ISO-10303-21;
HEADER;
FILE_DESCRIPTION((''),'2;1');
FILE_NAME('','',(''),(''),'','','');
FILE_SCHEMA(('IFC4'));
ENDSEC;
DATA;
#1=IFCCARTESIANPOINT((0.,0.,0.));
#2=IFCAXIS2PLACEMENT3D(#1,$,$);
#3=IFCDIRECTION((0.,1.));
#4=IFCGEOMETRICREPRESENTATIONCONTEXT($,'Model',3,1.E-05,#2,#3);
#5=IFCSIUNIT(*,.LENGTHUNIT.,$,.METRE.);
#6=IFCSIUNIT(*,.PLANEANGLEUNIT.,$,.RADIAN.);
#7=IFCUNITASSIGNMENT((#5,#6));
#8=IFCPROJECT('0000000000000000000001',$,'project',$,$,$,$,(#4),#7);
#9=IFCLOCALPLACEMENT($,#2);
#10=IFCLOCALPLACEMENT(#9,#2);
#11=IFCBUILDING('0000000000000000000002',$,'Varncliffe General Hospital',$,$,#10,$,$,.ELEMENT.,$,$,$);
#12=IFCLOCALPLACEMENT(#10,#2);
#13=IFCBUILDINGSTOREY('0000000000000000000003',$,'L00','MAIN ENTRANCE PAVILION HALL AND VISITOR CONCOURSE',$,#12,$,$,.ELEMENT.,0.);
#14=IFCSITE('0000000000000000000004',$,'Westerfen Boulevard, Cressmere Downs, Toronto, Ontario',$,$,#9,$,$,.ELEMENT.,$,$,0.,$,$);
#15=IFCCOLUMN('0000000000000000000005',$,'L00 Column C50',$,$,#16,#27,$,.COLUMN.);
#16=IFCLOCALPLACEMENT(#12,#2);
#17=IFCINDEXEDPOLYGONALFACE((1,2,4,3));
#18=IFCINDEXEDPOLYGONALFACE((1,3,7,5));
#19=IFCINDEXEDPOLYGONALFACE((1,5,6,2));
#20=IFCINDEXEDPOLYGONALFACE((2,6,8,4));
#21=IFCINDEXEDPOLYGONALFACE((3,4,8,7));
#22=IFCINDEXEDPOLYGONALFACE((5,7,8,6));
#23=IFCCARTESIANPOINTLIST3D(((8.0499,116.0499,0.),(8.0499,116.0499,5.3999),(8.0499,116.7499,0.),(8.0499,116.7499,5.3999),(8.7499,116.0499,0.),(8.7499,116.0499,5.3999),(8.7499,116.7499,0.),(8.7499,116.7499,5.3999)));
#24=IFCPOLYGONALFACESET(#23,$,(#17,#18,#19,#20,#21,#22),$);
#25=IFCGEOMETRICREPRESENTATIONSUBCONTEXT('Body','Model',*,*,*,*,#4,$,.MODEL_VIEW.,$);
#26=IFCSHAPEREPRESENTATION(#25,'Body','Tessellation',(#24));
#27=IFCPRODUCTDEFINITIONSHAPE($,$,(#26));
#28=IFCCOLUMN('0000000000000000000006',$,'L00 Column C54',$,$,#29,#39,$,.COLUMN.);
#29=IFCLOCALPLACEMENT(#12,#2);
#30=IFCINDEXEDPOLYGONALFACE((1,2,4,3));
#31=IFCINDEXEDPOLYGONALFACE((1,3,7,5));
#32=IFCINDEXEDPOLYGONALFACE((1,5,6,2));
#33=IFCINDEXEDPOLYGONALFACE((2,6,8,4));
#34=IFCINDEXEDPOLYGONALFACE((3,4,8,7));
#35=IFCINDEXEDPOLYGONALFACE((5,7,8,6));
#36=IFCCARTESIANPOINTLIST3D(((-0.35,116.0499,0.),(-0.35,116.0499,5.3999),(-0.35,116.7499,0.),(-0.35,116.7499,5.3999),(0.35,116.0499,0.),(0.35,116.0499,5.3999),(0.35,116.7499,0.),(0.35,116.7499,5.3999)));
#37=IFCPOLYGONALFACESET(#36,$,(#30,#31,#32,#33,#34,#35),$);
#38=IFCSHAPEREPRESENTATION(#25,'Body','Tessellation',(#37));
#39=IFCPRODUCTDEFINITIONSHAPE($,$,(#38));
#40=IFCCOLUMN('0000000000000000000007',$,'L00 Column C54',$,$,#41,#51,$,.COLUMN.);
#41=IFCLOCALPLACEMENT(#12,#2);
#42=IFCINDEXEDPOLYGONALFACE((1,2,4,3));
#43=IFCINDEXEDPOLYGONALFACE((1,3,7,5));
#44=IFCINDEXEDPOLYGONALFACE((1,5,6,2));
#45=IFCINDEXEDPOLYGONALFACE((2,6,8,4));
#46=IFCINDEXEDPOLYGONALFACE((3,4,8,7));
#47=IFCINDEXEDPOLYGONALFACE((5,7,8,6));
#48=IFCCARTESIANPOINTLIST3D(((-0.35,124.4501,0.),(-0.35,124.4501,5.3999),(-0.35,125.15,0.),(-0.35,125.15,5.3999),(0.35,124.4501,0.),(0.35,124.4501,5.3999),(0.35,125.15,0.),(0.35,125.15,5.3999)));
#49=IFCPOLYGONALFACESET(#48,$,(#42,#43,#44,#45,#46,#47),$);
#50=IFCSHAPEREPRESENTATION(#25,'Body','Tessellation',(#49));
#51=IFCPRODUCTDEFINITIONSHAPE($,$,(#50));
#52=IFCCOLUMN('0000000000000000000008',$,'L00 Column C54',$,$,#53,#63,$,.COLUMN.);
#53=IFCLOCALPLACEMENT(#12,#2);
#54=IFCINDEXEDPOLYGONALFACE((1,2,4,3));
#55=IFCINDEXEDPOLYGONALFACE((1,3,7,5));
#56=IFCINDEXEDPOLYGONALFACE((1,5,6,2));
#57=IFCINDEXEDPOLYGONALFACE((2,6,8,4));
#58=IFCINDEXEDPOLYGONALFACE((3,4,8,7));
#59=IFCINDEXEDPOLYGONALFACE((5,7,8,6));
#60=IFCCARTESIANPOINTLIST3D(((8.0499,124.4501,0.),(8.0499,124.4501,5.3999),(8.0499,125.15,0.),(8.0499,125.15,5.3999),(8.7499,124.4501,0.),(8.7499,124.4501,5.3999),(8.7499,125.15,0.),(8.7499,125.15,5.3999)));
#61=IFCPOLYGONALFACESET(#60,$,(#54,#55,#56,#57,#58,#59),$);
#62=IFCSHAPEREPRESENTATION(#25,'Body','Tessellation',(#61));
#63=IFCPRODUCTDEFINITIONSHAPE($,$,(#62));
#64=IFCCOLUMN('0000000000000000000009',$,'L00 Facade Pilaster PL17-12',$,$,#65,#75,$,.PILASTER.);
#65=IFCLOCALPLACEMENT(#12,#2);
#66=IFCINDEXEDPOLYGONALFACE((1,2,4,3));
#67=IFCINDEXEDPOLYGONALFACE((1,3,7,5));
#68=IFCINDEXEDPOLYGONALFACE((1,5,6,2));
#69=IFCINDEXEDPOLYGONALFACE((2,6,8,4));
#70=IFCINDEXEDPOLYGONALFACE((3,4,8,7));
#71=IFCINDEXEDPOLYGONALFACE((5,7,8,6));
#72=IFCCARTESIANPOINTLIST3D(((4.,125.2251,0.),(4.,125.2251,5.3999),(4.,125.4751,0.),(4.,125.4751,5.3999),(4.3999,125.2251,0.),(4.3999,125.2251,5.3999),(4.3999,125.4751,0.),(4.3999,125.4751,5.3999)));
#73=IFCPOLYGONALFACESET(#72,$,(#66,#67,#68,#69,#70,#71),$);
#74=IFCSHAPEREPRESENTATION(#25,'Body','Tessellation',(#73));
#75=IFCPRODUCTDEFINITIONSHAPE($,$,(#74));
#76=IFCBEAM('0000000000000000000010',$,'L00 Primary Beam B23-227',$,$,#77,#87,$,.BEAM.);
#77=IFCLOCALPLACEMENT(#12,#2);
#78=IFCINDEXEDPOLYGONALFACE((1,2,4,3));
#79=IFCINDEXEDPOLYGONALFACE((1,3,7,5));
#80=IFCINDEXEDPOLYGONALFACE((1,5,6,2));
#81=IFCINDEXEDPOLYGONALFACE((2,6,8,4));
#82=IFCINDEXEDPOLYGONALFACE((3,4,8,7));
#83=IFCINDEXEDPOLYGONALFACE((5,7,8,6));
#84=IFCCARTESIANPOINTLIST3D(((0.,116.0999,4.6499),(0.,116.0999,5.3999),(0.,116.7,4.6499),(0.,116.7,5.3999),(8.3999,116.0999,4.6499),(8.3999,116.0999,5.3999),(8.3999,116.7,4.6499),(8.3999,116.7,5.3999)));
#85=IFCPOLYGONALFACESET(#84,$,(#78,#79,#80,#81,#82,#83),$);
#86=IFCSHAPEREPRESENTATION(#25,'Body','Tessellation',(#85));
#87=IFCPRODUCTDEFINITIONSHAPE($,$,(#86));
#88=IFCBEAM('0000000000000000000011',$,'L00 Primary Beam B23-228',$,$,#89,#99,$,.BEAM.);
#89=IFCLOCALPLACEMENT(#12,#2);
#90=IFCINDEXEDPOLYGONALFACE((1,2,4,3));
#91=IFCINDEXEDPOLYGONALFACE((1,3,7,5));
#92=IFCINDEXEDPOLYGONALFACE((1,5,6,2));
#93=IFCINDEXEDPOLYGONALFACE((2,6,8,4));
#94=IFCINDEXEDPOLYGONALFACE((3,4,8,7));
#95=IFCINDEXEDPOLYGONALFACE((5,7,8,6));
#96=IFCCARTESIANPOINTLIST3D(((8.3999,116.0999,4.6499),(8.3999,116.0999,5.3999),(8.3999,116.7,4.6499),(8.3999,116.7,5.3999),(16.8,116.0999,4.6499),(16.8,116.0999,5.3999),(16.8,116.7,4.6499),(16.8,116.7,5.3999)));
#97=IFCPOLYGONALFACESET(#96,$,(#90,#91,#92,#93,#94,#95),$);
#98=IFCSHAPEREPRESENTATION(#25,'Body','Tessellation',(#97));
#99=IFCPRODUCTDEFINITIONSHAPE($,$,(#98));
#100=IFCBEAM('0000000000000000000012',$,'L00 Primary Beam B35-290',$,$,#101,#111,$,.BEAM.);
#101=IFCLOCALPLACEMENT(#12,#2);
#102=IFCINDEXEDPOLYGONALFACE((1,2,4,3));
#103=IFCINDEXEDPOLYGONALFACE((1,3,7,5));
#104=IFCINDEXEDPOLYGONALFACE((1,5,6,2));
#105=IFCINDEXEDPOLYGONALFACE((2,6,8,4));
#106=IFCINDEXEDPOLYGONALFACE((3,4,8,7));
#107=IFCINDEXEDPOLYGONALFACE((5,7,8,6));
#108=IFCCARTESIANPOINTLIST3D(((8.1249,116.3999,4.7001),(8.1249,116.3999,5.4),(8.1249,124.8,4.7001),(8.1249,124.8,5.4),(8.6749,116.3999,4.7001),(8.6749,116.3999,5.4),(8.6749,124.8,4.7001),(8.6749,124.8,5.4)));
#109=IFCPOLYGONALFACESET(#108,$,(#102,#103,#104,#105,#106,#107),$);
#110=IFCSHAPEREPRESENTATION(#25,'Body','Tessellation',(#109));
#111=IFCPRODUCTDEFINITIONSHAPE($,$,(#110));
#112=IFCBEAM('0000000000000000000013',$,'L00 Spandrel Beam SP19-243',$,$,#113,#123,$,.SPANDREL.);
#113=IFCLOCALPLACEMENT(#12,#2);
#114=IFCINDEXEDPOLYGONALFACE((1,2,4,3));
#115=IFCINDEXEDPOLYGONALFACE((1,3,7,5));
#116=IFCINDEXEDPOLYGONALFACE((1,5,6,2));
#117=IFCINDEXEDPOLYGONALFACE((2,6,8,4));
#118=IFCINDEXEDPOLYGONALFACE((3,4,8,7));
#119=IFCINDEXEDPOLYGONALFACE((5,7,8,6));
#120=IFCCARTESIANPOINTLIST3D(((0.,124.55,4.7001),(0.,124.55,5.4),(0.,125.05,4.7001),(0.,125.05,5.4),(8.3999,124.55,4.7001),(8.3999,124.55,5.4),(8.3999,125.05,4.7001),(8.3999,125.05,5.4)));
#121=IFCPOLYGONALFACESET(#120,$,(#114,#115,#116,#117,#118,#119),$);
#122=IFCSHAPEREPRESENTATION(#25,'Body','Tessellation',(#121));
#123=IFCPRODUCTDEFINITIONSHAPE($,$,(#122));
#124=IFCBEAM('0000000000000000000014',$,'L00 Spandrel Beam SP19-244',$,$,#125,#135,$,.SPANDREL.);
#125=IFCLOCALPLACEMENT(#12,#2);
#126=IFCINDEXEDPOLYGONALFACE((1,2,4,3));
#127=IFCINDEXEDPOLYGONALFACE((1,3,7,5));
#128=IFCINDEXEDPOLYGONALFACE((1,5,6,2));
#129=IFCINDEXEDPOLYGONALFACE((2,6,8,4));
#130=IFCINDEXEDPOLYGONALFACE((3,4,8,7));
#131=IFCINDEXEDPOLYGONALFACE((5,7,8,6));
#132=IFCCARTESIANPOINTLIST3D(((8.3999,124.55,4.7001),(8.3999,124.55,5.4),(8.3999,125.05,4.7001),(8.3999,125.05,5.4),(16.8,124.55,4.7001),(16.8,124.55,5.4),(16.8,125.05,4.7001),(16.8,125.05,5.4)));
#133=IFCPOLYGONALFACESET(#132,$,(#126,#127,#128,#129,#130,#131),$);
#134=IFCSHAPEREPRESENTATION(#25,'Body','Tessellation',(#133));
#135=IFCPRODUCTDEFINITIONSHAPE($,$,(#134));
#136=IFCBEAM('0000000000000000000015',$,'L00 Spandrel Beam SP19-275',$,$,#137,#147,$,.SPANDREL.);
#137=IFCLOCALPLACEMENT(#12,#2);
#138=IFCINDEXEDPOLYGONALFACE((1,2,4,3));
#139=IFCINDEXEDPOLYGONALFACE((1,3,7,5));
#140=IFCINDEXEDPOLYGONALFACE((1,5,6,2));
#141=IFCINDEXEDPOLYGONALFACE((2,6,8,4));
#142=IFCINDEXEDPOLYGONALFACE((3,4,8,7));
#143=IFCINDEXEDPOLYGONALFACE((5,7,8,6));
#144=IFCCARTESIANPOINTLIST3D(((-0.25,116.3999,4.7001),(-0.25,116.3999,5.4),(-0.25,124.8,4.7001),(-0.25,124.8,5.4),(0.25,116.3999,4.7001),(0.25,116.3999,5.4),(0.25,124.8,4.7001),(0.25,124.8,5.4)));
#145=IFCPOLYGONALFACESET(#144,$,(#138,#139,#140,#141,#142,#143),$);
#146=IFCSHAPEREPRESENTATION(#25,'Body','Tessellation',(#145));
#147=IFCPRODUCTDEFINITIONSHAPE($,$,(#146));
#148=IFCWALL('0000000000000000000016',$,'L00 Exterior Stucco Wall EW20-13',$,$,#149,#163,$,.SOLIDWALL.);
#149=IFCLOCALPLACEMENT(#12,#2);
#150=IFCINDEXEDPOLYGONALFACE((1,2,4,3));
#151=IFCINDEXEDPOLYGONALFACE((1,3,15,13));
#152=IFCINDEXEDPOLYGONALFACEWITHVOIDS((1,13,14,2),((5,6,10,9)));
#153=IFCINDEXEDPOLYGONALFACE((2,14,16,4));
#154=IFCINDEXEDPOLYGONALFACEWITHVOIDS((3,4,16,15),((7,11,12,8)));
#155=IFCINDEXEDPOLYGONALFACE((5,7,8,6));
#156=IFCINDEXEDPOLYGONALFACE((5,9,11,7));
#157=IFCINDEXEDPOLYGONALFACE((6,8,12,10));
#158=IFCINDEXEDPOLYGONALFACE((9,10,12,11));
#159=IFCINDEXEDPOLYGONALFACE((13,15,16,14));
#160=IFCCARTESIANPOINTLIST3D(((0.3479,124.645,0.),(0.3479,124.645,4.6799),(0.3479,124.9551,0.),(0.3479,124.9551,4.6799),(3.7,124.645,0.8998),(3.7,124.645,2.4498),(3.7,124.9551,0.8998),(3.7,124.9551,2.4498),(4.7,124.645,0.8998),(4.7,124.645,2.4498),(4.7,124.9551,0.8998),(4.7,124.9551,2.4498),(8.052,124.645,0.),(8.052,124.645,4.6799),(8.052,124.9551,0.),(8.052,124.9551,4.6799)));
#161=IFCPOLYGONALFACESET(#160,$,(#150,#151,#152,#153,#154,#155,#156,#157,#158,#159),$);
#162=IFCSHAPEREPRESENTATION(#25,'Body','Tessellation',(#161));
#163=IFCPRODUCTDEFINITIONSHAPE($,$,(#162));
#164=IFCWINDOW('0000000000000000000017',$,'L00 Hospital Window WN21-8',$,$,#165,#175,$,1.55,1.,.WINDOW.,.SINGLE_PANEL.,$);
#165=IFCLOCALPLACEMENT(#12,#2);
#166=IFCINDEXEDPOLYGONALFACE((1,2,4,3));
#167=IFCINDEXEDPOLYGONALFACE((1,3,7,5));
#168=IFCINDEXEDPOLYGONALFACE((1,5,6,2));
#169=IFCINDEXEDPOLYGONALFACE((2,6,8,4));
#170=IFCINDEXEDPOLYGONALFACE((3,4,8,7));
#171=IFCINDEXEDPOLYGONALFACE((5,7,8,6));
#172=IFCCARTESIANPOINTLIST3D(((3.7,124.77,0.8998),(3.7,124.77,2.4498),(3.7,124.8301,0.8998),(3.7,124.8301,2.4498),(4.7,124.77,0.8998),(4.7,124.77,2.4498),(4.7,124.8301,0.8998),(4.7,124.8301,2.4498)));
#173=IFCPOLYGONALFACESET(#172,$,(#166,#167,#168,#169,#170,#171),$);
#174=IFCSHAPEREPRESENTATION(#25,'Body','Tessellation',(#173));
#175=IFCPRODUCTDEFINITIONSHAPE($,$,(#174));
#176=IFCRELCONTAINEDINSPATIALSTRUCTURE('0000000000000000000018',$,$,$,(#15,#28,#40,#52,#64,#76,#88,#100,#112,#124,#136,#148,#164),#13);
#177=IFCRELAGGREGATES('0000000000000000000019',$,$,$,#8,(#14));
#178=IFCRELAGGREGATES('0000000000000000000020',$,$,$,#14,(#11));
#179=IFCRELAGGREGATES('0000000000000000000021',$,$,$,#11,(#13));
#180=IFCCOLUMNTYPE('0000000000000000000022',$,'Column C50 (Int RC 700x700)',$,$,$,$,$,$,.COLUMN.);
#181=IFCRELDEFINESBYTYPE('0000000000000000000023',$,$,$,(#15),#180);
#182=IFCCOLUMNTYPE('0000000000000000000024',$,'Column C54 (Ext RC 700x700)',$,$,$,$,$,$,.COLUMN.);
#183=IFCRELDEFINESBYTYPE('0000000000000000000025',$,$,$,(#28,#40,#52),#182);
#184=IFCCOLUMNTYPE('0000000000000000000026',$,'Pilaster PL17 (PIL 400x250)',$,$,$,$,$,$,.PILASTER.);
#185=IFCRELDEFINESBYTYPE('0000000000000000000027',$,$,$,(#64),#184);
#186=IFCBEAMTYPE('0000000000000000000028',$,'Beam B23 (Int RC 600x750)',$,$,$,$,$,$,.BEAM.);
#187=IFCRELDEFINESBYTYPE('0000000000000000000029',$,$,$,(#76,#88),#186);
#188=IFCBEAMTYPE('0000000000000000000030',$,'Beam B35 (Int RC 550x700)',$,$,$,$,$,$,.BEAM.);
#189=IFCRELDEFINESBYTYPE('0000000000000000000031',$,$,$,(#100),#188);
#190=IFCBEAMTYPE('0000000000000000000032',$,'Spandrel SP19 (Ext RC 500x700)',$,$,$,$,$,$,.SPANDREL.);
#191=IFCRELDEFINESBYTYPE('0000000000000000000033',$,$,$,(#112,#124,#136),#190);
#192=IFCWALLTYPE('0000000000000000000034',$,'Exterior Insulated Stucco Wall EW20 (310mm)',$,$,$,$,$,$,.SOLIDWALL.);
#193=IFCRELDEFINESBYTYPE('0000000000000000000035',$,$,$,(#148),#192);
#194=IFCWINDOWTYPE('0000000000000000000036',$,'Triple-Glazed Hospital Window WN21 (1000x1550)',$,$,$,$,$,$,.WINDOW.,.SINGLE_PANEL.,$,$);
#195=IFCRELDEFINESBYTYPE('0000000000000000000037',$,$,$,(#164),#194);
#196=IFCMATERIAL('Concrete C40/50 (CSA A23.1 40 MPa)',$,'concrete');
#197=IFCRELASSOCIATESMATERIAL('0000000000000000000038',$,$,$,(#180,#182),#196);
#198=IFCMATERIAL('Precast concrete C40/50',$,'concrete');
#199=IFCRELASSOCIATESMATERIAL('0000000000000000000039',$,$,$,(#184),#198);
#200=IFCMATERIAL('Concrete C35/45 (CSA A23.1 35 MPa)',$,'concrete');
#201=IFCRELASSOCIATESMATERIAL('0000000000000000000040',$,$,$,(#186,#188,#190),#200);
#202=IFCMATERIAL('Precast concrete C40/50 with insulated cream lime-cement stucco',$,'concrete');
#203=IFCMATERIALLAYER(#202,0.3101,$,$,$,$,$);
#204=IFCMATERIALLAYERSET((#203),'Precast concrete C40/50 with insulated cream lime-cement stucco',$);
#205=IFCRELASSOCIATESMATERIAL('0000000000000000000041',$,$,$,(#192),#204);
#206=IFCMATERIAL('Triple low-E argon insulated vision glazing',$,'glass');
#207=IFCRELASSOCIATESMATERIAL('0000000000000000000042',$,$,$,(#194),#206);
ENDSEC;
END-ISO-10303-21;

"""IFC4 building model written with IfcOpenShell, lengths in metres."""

from ifc_helpers import new_model, si_unit, direction, frame, frame_2d, origin, origin_2d, place, context, subcontext, project, spatial, rectangle, extrude, material, layer, layer_set, material_profile, profile_set, type_object, element, fill, save


model = new_model("IFC4")

# Units and contexts
model_context = context("Model", 3, precision=1e-05, world=origin(), true_north=direction((0.0, 1.0)))
body_context = subcontext(model_context, "Body", "Model", "MODEL_VIEW")
ifc_project = project(units=[si_unit("LENGTHUNIT", "METRE"), si_unit("PLANEANGLEUNIT", "RADIAN")], contexts=[model_context])

# Site, building, storey
site_placement = place(None, origin())
site = spatial("IfcSite", under=ifc_project, at=site_placement, Name="Westerfen Boulevard, Cressmere Downs, Toronto, Ontario", CompositionType="ELEMENT", RefElevation=0.0)
building_placement = place(site_placement, origin())
building = spatial("IfcBuilding", under=site, at=building_placement, Name="Varncliffe General Hospital", CompositionType="ELEMENT")
storey_placement = place(building_placement, origin())
storey = spatial("IfcBuildingStorey", under=building, at=storey_placement, Name="L00", Description="MAIN ENTRANCE PAVILION HALL AND VISITOR CONCOURSE", CompositionType="ELEMENT", Elevation=0.0)

# Columns
ifc_material_1 = material(Name="Concrete C40/50 (CSA A23.1 40 MPa)", Category="concrete")
ifc_material_profile_1 = material_profile(ifc_material_1, rectangle(XDim=0.7, YDim=0.7, at=origin_2d()), Name="RC 700x700")
ifc_profile_set_1 = profile_set([ifc_material_profile_1], Name="Concrete C40/50 (CSA A23.1 40 MPa)")
column_type_1 = type_object("IfcColumnType", Name="Column C50 (Int RC 700x700)", PredefinedType="COLUMN", material=ifc_profile_set_1)
column_1_placement = place(storey_placement, frame((8.3999, 116.3999, 0.0), z_axis=(0.0, 0.0, 1.0), x_axis=(1.0, 0.0, 0.0)))
element("IfcColumn", 1, at=column_1_placement, inside=storey, type_object=column_type_1, Name="L00 Column C50", PredefinedType="COLUMN", context=body_context, shape_type="SweptSolid", body=[
    extrude(rectangle(XDim=0.7, YDim=0.7, at=origin_2d()), origin(), (0.0, 0.0, 1.0), 5.3999),
])
ifc_material_profile_2 = material_profile(ifc_material_1, rectangle(XDim=0.7, YDim=0.7, at=origin_2d()), Name="RC 700x700")
ifc_profile_set_2 = profile_set([ifc_material_profile_2], Name="Concrete C40/50 (CSA A23.1 40 MPa)")
column_type_2 = type_object("IfcColumnType", Name="Column C54 (Ext RC 700x700)", PredefinedType="COLUMN", material=ifc_profile_set_2)
for number, where, z_axis, x_axis, name in (
    (2, (0.0, 116.3999, 0.0), (0.0, 0.0, 1.0), (1.0, 0.0, 0.0), "L00 Column C54"),
    (3, (0.0, 124.8, 0.0), (0.0, 0.0, 1.0), (1.0, 0.0, 0.0), "L00 Column C54"),
    (4, (8.3999, 124.8, 0.0), (0.0, 0.0, 1.0), (1.0, 0.0, 0.0), "L00 Column C54"),
):
    element("IfcColumn", number, at=place(storey_placement, frame(where, z_axis=z_axis, x_axis=x_axis)), inside=storey, type_object=column_type_2, Name=name, PredefinedType="COLUMN", context=body_context, shape_type="SweptSolid", body=[
        extrude(rectangle(XDim=0.7, YDim=0.7, at=origin_2d()), origin(), (0.0, 0.0, 1.0), 5.3999),
    ])
ifc_material_2 = material(Name="Precast concrete C40/50", Category="concrete")
ifc_material_profile_3 = material_profile(ifc_material_2, rectangle(XDim=0.3999, YDim=0.25, at=origin_2d()), Name="PIL 400x250")
ifc_profile_set_3 = profile_set([ifc_material_profile_3], Name="Precast concrete C40/50")
column_type_3 = type_object("IfcColumnType", Name="Pilaster PL17 (PIL 400x250)", PredefinedType="PILASTER", material=ifc_profile_set_3)
column_2_placement = place(storey_placement, frame((4.2, 125.3501, 0.0), z_axis=(0.0, 0.0, 1.0), x_axis=(1.0, 0.0, 0.0)))
element("IfcColumn", 5, at=column_2_placement, inside=storey, type_object=column_type_3, Name="L00 Facade Pilaster PL17-12", PredefinedType="PILASTER", context=body_context, shape_type="SweptSolid", body=[
    extrude(rectangle(XDim=0.3999, YDim=0.25, at=origin_2d()), origin(), (0.0, 0.0, 1.0), 5.3999),
])

# Beams
ifc_material_3 = material(Name="Concrete C35/45 (CSA A23.1 35 MPa)", Category="concrete")
ifc_material_profile_4 = material_profile(ifc_material_3, rectangle(XDim=0.6001, YDim=0.75, at=origin_2d()), Name="RC 600x750")
ifc_profile_set_4 = profile_set([ifc_material_profile_4], Name="Concrete C35/45 (CSA A23.1 35 MPa)")
beam_type_1 = type_object("IfcBeamType", Name="Beam B23 (Int RC 600x750)", PredefinedType="BEAM", material=ifc_profile_set_4)
beam_1_placement = place(storey_placement, frame((0.0, 116.3999, 5.0249), z_axis=(1.0, 0.0, 0.0), x_axis=(0.0, 1.0, 0.0)))
element("IfcBeam", 6, at=beam_1_placement, inside=storey, type_object=beam_type_1, Name="L00 Primary Beam B23-227", PredefinedType="BEAM", context=body_context, shape_type="SweptSolid", body=[
    extrude(rectangle(XDim=0.6001, YDim=0.75, at=origin_2d()), origin(), (0.0, 0.0, 1.0), 8.3999),
])
beam_2_placement = place(storey_placement, frame((8.3999, 116.3999, 5.0249), z_axis=(1.0, 0.0, 0.0), x_axis=(0.0, 1.0, 0.0)))
element("IfcBeam", 7, at=beam_2_placement, inside=storey, type_object=beam_type_1, Name="L00 Primary Beam B23-228", PredefinedType="BEAM", context=body_context, shape_type="SweptSolid", body=[
    extrude(rectangle(XDim=0.6001, YDim=0.75, at=origin_2d()), origin(), (0.0, 0.0, 1.0), 8.4001),
])
ifc_material_profile_5 = material_profile(ifc_material_3, rectangle(XDim=0.55, YDim=0.7, at=origin_2d()), Name="RC 550x700")
ifc_profile_set_5 = profile_set([ifc_material_profile_5], Name="Concrete C35/45 (CSA A23.1 35 MPa)")
beam_type_2 = type_object("IfcBeamType", Name="Beam B35 (Int RC 550x700)", PredefinedType="BEAM", material=ifc_profile_set_5)
beam_3_placement = place(storey_placement, frame((8.3999, 116.3999, 5.05), z_axis=(0.0, 1.0, 0.0), x_axis=(-1.0, 0.0, 0.0)))
element("IfcBeam", 8, at=beam_3_placement, inside=storey, type_object=beam_type_2, Name="L00 Primary Beam B35-290", PredefinedType="BEAM", context=body_context, shape_type="SweptSolid", body=[
    extrude(rectangle(XDim=0.55, YDim=0.7, at=origin_2d()), origin(), (0.0, 0.0, 1.0), 8.4001),
])
ifc_material_profile_6 = material_profile(ifc_material_3, rectangle(XDim=0.5, YDim=0.7, at=origin_2d()), Name="RC 500x700")
ifc_profile_set_6 = profile_set([ifc_material_profile_6], Name="Concrete C35/45 (CSA A23.1 35 MPa)")
beam_type_3 = type_object("IfcBeamType", Name="Spandrel SP19 (Ext RC 500x700)", PredefinedType="SPANDREL", material=ifc_profile_set_6)
beam_4_placement = place(storey_placement, frame((0.0, 124.8, 5.05), z_axis=(1.0, 0.0, 0.0), x_axis=(0.0, 1.0, 0.0)))
element("IfcBeam", 9, at=beam_4_placement, inside=storey, type_object=beam_type_3, Name="L00 Spandrel Beam SP19-243", PredefinedType="SPANDREL", context=body_context, shape_type="SweptSolid", body=[
    extrude(rectangle(XDim=0.5, YDim=0.7, at=origin_2d()), origin(), (0.0, 0.0, 1.0), 8.3999),
])
for number, where, z_axis, x_axis, name in (
    (10, (8.3999, 124.8, 5.05), (1.0, 0.0, 0.0), (0.0, 1.0, 0.0), "L00 Spandrel Beam SP19-244"),
    (11, (0.0, 116.3999, 5.05), (0.0, 1.0, 0.0), (-1.0, 0.0, 0.0), "L00 Spandrel Beam SP19-275"),
):
    element("IfcBeam", number, at=place(storey_placement, frame(where, z_axis=z_axis, x_axis=x_axis)), inside=storey, type_object=beam_type_3, Name=name, PredefinedType="SPANDREL", context=body_context, shape_type="SweptSolid", body=[
        extrude(rectangle(XDim=0.5, YDim=0.7, at=origin_2d()), origin(), (0.0, 0.0, 1.0), 8.4001),
    ])

# Wall, opening, window
ifc_material_4 = material(Name="Precast concrete C40/50 with insulated cream lime-cement stucco", Category="concrete")
ifc_layer_1 = layer(ifc_material_4, 0.3101)
ifc_layer_set_1 = layer_set([ifc_layer_1], Name="Precast concrete C40/50 with insulated cream lime-cement stucco")
wall_type_1 = type_object("IfcWallType", Name="Exterior Insulated Stucco Wall EW20 (310mm)", PredefinedType="SOLIDWALL", material=ifc_layer_set_1)
wall_1_placement = place(storey_placement, frame((0.3479, 124.8, 0.0), z_axis=(0.0, 0.0, 1.0), x_axis=(1.0, 0.0, 0.0)))
wall_1 = element("IfcWall", 12, at=wall_1_placement, inside=storey, type_object=wall_type_1, Name="L00 Exterior Stucco Wall EW20-13", PredefinedType="SOLIDWALL", context=body_context, shape_type="SweptSolid", body=[
    extrude(rectangle(XDim=7.7041, YDim=0.3101, at=frame_2d((3.8521, 0.0))), origin(), (0.0, 0.0, 1.0), 4.6799),
])
opening_1_placement = place(wall_1_placement, frame((3.3521, 0.0, 0.8999)))
opening_1 = element("IfcOpeningElement", 13, at=opening_1_placement, cuts=wall_1, PredefinedType="OPENING", context=body_context, shape_type="SweptSolid", body=[
    extrude(rectangle(XDim=1.0, YDim=1.55, at=frame_2d((0.5, 0.7749))), frame((0.0, 0.165, 0.0), z_axis=(0.0, -1.0, 0.0), x_axis=(1.0, 0.0, 0.0)), (0.0, 0.0, 1.0), 0.3301),
])
ifc_material_5 = material(Name="Triple low-E argon insulated vision glazing", Category="glass")
window_type_1 = type_object("IfcWindowType", Name="Triple-Glazed Hospital Window WN21 (1000x1550)", PartitioningType="SINGLE_PANEL", PredefinedType="WINDOW", material=ifc_material_5)
window_1_placement = place(opening_1_placement, origin())
window_1 = element("IfcWindow", 14, at=window_1_placement, inside=storey, type_object=window_type_1, Name="L00 Hospital Window WN21-8", OverallHeight=1.55, OverallWidth=1.0, PartitioningType="SINGLE_PANEL", PredefinedType="WINDOW", context=body_context, shape_type="SweptSolid", body=[
    extrude(rectangle(XDim=1.0, YDim=1.55, at=frame_2d((0.5, 0.7749))), frame((0.0, 0.03, 0.0), z_axis=(0.0, -1.0, 0.0), x_axis=(1.0, 0.0, 0.0)), (0.0, 0.0, 1.0), 0.0601),
])
fill(opening_1, window_1)

save(model, "model.ifc")
